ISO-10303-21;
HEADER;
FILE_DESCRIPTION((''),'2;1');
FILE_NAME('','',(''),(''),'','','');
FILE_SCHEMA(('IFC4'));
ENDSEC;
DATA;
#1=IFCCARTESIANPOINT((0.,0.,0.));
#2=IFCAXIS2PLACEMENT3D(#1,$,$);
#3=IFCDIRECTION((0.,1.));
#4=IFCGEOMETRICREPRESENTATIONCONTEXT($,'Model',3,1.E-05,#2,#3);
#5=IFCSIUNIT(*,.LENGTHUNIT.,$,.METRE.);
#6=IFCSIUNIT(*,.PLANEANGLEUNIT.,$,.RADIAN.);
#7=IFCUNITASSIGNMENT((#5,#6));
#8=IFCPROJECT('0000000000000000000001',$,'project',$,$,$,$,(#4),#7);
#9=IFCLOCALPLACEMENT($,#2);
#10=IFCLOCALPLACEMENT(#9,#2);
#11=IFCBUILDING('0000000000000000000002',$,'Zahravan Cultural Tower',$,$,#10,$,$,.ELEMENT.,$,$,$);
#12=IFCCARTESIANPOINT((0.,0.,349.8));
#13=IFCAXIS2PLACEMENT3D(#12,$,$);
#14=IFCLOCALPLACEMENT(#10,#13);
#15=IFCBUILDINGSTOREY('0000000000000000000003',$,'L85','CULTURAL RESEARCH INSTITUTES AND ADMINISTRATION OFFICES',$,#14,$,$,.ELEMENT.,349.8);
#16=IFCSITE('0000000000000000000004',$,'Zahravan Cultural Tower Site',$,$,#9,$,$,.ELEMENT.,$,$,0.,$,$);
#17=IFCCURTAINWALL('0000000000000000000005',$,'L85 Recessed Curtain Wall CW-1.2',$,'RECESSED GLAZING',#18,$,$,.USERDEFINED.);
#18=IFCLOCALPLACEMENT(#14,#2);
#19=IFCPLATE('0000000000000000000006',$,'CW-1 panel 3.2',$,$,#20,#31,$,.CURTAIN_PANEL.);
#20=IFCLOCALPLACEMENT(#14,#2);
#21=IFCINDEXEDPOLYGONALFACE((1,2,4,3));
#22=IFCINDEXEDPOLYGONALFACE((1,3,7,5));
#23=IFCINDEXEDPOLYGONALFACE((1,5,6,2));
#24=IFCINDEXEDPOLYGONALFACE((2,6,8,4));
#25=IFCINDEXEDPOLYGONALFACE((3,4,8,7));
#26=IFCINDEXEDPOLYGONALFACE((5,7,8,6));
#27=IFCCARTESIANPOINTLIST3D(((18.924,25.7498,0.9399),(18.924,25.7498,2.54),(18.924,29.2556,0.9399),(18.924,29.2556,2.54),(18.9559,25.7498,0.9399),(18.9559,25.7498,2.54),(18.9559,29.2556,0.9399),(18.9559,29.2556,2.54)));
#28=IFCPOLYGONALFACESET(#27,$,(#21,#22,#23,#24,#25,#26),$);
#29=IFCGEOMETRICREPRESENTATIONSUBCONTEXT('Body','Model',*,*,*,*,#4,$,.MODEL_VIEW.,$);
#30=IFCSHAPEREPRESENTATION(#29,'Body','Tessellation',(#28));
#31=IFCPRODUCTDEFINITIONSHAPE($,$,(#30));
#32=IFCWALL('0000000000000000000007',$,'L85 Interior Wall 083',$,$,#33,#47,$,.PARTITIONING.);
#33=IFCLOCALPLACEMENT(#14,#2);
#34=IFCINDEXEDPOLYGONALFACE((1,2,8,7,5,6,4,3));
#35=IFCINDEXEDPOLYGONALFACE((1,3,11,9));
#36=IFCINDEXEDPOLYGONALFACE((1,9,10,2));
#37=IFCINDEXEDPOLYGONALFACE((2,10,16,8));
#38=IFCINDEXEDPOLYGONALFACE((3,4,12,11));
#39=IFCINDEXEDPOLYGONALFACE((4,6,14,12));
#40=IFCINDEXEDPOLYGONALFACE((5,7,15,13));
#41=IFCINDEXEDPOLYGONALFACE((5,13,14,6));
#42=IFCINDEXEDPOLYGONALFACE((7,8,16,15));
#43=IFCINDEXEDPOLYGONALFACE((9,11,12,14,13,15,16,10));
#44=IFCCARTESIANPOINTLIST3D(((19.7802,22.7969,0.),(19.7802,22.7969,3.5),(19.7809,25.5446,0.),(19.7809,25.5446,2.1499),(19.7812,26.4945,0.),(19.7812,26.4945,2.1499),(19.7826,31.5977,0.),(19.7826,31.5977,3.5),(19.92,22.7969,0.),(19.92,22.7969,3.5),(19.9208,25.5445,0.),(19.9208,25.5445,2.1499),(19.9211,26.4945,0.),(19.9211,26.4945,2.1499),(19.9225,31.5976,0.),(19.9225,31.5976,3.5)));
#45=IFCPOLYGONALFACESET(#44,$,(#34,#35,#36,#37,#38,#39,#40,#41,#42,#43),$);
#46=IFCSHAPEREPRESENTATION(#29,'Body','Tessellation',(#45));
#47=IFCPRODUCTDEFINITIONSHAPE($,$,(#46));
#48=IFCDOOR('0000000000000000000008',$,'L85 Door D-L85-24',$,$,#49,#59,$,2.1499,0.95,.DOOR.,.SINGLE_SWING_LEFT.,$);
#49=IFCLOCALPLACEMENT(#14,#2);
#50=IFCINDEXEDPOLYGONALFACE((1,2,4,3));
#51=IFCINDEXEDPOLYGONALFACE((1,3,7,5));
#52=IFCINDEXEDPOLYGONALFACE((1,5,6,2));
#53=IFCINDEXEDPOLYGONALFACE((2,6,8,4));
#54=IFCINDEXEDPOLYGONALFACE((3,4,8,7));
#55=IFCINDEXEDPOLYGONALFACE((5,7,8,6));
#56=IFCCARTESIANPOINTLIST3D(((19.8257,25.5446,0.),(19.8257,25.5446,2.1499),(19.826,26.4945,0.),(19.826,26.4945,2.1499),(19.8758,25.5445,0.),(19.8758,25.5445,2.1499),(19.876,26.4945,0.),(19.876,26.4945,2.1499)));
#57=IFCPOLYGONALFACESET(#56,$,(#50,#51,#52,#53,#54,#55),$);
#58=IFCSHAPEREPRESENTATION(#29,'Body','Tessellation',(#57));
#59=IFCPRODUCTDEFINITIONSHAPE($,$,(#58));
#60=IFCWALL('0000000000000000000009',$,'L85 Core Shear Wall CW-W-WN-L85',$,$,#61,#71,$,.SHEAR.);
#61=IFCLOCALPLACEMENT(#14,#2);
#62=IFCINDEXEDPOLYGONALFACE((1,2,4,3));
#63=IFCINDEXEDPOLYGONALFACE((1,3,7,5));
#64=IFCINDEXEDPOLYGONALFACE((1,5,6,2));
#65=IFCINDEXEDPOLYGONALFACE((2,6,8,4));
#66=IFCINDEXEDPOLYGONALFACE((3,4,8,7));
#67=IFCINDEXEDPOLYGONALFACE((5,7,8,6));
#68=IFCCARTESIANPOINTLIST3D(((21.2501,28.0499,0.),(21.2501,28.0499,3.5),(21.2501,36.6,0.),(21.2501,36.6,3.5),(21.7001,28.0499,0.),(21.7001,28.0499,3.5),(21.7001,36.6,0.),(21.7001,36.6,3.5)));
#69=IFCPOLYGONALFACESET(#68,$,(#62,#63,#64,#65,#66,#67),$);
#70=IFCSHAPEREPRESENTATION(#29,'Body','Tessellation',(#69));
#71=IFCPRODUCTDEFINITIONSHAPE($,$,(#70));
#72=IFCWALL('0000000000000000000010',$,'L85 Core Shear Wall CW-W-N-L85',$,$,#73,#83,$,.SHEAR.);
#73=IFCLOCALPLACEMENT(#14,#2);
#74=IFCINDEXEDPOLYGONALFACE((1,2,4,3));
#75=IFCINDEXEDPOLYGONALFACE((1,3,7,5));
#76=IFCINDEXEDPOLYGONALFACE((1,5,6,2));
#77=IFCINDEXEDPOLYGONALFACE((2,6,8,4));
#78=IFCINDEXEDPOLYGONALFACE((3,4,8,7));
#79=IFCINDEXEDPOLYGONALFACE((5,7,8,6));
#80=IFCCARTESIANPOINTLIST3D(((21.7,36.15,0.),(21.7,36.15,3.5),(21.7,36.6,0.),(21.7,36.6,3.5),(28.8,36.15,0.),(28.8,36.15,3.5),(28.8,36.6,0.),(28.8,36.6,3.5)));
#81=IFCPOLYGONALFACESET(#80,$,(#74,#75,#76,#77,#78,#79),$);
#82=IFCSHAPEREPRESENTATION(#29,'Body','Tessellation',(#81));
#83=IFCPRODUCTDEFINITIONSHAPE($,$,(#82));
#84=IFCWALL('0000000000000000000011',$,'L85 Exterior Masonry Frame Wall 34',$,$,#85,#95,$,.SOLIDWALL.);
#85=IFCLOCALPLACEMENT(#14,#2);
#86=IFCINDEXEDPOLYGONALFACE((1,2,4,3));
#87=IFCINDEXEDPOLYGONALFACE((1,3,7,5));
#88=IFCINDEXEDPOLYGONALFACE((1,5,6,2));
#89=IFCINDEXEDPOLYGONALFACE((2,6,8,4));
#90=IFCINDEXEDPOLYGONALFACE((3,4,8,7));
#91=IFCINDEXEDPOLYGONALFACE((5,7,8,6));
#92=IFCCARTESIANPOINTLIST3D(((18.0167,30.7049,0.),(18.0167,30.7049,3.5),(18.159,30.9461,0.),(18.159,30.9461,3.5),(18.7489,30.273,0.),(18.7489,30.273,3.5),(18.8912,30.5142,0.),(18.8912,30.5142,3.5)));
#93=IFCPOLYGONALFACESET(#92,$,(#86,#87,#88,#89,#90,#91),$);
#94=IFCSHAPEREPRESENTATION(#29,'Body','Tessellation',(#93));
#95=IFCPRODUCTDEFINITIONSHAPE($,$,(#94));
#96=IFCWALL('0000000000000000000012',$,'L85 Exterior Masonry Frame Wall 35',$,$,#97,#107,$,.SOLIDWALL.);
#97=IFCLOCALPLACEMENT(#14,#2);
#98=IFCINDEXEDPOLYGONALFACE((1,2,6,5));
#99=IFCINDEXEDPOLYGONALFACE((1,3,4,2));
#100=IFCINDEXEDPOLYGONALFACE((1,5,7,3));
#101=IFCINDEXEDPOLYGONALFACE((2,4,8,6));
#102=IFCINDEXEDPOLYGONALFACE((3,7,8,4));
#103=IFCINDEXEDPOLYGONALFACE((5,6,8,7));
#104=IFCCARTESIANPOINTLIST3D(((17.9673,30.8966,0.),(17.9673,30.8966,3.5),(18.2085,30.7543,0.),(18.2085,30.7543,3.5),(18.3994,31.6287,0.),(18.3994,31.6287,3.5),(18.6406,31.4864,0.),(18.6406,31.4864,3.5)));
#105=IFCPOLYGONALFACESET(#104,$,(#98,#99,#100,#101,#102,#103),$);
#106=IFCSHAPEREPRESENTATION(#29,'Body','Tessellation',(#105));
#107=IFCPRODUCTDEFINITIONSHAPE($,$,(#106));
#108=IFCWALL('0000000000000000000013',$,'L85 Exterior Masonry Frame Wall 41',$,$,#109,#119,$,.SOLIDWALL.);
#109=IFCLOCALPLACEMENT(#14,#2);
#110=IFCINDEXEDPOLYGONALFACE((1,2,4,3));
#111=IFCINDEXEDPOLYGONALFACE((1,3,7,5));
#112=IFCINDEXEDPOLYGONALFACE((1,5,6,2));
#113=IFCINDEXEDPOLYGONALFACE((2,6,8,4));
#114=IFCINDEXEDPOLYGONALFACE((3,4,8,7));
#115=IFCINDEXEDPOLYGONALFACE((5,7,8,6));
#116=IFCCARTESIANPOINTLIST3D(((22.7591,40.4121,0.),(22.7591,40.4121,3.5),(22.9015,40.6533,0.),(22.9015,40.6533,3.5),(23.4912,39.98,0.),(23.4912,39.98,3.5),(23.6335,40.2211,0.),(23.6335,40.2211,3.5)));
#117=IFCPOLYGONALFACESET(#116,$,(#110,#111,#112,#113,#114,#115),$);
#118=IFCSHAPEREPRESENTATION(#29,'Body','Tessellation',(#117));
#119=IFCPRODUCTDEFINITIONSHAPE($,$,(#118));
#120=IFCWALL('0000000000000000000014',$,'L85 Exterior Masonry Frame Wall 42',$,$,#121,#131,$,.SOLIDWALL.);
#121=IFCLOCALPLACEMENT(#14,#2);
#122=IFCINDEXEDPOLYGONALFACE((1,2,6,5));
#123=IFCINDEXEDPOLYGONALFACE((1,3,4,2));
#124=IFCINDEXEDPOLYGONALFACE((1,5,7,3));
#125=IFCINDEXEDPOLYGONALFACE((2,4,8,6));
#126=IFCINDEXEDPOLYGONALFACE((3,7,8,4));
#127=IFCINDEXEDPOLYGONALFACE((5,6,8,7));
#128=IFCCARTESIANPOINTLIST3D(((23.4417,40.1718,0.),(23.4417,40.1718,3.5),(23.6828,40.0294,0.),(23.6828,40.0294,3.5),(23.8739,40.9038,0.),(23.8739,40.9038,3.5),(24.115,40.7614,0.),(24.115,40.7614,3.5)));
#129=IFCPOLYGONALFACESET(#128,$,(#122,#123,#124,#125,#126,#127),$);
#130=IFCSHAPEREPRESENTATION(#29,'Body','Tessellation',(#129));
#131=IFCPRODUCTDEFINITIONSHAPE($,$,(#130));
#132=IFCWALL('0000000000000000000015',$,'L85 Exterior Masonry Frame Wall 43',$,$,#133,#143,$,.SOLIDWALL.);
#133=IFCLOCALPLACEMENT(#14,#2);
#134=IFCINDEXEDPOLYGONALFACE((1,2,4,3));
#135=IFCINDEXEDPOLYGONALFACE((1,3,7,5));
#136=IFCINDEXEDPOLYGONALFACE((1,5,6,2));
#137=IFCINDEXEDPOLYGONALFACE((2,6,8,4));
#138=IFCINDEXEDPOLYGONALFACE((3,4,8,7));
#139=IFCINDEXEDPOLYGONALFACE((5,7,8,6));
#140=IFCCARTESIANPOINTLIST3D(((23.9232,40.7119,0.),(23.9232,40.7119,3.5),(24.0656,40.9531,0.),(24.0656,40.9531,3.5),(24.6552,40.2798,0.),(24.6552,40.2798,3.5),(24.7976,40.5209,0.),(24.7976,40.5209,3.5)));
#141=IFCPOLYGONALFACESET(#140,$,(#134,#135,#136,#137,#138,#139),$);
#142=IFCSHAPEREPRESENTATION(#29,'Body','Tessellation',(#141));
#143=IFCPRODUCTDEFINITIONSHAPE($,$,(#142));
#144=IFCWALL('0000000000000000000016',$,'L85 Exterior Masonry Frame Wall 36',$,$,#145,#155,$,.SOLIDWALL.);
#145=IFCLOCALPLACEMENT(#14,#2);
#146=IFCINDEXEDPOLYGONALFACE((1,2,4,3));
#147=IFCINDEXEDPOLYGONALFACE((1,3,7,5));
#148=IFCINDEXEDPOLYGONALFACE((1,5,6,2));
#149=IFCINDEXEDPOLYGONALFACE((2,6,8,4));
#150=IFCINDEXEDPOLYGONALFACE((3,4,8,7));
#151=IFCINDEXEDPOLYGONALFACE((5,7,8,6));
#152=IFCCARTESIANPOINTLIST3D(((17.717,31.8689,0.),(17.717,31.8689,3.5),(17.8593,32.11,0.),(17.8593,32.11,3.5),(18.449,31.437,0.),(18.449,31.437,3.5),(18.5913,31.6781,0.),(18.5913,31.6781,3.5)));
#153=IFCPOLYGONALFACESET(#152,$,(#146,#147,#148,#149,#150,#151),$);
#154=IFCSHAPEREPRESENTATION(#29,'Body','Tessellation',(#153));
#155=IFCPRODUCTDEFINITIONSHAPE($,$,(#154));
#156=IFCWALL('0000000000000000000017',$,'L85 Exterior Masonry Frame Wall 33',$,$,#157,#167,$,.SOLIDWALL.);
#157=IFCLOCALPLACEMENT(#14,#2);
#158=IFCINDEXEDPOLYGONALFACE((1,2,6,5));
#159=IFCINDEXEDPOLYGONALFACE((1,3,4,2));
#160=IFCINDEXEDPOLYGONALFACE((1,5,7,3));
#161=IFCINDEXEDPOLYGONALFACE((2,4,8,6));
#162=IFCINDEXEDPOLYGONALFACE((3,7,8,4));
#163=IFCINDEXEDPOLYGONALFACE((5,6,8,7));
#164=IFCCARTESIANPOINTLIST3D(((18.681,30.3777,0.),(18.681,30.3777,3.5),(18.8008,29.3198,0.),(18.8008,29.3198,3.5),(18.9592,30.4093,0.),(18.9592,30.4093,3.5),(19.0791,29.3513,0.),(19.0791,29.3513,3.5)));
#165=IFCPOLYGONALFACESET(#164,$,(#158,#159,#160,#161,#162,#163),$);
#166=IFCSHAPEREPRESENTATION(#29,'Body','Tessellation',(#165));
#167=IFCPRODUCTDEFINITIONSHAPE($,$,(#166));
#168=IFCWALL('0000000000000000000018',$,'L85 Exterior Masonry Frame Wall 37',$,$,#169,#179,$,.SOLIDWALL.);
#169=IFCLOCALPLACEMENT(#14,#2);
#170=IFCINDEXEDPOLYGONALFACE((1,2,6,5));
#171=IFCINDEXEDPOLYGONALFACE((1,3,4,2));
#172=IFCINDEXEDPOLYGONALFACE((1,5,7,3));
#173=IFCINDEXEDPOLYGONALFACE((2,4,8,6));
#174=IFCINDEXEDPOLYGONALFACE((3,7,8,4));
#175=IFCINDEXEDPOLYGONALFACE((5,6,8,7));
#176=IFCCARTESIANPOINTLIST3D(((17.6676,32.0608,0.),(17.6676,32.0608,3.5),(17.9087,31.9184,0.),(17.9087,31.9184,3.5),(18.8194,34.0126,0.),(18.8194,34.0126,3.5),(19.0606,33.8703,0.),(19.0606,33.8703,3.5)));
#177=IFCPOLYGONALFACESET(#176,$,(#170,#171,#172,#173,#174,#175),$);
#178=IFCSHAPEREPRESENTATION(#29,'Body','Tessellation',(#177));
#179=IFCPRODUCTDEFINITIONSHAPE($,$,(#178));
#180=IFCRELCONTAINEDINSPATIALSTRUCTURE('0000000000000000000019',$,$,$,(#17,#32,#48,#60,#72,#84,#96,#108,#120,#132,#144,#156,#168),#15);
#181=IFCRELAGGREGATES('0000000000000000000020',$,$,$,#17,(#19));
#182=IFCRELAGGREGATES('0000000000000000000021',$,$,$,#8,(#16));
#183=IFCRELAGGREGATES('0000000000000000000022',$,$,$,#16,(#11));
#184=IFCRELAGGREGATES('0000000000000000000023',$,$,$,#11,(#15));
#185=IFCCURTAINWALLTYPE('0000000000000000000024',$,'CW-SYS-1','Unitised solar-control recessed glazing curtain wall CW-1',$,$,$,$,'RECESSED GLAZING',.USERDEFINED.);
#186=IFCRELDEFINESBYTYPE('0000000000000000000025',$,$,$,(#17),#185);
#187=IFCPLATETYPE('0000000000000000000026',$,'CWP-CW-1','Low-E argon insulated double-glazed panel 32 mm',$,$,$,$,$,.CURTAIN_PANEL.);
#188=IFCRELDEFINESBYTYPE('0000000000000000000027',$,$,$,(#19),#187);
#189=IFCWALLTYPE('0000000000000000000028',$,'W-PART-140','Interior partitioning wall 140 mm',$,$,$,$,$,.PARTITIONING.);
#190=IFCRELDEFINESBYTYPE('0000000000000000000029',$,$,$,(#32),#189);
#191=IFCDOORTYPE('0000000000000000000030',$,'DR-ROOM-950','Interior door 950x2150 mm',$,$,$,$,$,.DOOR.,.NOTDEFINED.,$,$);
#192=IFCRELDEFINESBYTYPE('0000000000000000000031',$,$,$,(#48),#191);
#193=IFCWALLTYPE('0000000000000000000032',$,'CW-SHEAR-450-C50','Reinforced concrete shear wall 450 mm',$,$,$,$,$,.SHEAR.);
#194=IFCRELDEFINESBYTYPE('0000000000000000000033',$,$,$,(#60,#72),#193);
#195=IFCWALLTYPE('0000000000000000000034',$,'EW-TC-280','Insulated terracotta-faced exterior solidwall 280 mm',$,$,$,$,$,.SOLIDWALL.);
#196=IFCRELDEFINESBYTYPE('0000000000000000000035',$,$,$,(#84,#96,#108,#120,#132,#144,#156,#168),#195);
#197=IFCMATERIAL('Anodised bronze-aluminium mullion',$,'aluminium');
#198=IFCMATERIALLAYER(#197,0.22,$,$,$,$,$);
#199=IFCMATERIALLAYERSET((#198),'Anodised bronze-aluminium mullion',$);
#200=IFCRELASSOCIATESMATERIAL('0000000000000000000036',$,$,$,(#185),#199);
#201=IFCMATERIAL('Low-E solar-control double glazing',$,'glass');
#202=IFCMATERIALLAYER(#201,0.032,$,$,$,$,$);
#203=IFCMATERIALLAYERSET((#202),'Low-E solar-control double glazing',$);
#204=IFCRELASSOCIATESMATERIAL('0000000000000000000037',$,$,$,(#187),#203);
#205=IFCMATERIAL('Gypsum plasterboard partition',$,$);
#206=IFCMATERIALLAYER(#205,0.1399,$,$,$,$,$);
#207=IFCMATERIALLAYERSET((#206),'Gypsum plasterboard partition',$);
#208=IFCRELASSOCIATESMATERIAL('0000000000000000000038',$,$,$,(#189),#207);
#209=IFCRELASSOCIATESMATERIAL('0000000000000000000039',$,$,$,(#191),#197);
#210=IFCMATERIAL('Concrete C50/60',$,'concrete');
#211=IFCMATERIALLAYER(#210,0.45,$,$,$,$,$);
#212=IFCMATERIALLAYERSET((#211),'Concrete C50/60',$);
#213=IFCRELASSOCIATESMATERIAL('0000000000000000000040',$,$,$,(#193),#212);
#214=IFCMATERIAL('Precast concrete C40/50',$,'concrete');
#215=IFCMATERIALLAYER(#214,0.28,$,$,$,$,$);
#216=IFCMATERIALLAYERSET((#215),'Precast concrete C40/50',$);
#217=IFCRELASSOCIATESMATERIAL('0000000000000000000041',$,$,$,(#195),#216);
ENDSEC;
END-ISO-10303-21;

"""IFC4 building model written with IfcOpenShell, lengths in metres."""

from ifc_helpers import new_model, si_unit, direction, frame, frame_2d, origin, origin_2d, place, context, subcontext, project, spatial, rectangle, extrude, source, transform, mapped, material, layer, layer_set, type_object, element, fill, aggregate, save


model = new_model("IFC4")

# Units and contexts
model_context = context("Model", 3, precision=1e-05, world=origin(), true_north=direction((0.0, 1.0)))
body_context = subcontext(model_context, "Body", "Model", "MODEL_VIEW")
ifc_project = project(units=[si_unit("LENGTHUNIT", "METRE"), si_unit("PLANEANGLEUNIT", "RADIAN")], contexts=[model_context])

# Site, building, storey
site_placement = place(None, origin())
site = spatial("IfcSite", under=ifc_project, at=site_placement, Name="Zahravan Cultural Tower Site", CompositionType="ELEMENT", RefElevation=0.0)
building_placement = place(site_placement, origin())
building = spatial("IfcBuilding", under=site, at=building_placement, Name="Zahravan Cultural Tower", CompositionType="ELEMENT")
storey_placement = place(building_placement, frame((0.0, 0.0, 349.8)))
storey = spatial("IfcBuildingStorey", under=building, at=storey_placement, Name="L85", Description="CULTURAL RESEARCH INSTITUTES AND ADMINISTRATION OFFICES", CompositionType="ELEMENT", Elevation=349.8)

# Shared definitions
ifc_material_1 = material(Name="Concrete C50/60", Category="concrete")

# Curtain wall, plate
ifc_material_2 = material(Name="Anodised bronze-aluminium mullion", Category="aluminium")
ifc_layer_1 = layer(ifc_material_2, 0.22)
ifc_layer_set_1 = layer_set([ifc_layer_1], Name="Anodised bronze-aluminium mullion")
curtain_wall_type = type_object("IfcCurtainWallType", Name="CW-SYS-1", Description="Unitised solar-control recessed glazing curtain wall CW-1", ElementType="RECESSED GLAZING", PredefinedType="USERDEFINED", material=ifc_layer_set_1)
curtain_wall_placement = place(storey_placement, origin())
curtain_wall = element("IfcCurtainWall", 1, at=curtain_wall_placement, inside=storey, type_object=curtain_wall_type, Name="L85 Recessed Curtain Wall CW-1.2", ObjectType="RECESSED GLAZING", PredefinedType="USERDEFINED")
ifc_material_3 = material(Name="Low-E solar-control double glazing", Category="glass")
ifc_layer_2 = layer(ifc_material_3, 0.032)
ifc_layer_set_2 = layer_set([ifc_layer_2], Name="Low-E solar-control double glazing")
plate_type = type_object("IfcPlateType", Name="CWP-CW-1", Description="Low-E argon insulated double-glazed panel 32 mm", PredefinedType="CURTAIN_PANEL", material=ifc_layer_set_2)
shared_shape_1 = source(origin(), body_context, "Body", "SweptSolid", [
    extrude(rectangle(XDim=3.5059, YDim=0.032, at=origin_2d()), origin(), (0.0, 0.0, 1.0), 1.6001),
])
plate_1_placement = place(storey_placement, frame((18.9399, 27.5027, 0.9399), z_axis=(0.0, 0.0, 1.0), x_axis=(0.0, 1.0, 0.0)))
plate_1 = element("IfcPlate", 2, at=plate_1_placement, type_object=plate_type, Name="CW-1 panel 3.2", PredefinedType="CURTAIN_PANEL", context=body_context, shape_type="MappedRepresentation", body=[
    mapped(shared_shape_1, transform((0.0, 0.0, 0.0), x_axis=(1.0, 0.0, 0.0), y_axis=(0.0, 1.0, 0.0), z_axis=(0.0, 0.0, 1.0), scale=1.0)),
])
aggregate(curtain_wall, [plate_1])

# Wall, opening, door
ifc_material_4 = material(Name="Gypsum plasterboard partition")
ifc_layer_3 = layer(ifc_material_4, 0.1399)
ifc_layer_set_3 = layer_set([ifc_layer_3], Name="Gypsum plasterboard partition")
wall_type_1 = type_object("IfcWallType", Name="W-PART-140", Description="Interior partitioning wall 140 mm", PredefinedType="PARTITIONING", material=ifc_layer_set_3)
wall_1_placement = place(storey_placement, frame((19.8525, 31.5977, 0.0), z_axis=(0.0, 0.0, 1.0), x_axis=(-0.000277, -1.0, 0.0)))
wall_1 = element("IfcWall", 3, at=wall_1_placement, inside=storey, type_object=wall_type_1, Name="L85 Interior Wall 083", PredefinedType="PARTITIONING", context=body_context, shape_type="SweptSolid", body=[
    extrude(rectangle(XDim=8.8008, YDim=0.1399, at=frame_2d((4.4004, 0.0))), origin(), (0.0, 0.0, 1.0), 3.5),
])
opening_placement = place(wall_1_placement, frame((5.103, 0.0, 0.0)))
opening = element("IfcOpeningElement", 4, at=opening_placement, cuts=wall_1, PredefinedType="OPENING", context=body_context, shape_type="SweptSolid", body=[
    extrude(rectangle(XDim=0.95, YDim=2.1499, at=frame_2d((0.4751, 1.075))), frame((0.0, 0.0798, 0.0), z_axis=(0.0, -1.0, 0.0), x_axis=(1.0, 0.0, 0.0)), (0.0, 0.0, 1.0), 0.1599),
])
door_type = type_object("IfcDoorType", Name="DR-ROOM-950", Description="Interior door 950x2150 mm", OperationType="NOTDEFINED", PredefinedType="DOOR", material=ifc_material_2)
shared_shape_2 = source(origin(), body_context, "Body", "SweptSolid", [
    extrude(rectangle(XDim=0.95, YDim=2.1499, at=frame_2d((0.4751, 1.075))), frame((0.0, 0.0249, 0.0), z_axis=(0.0, -1.0, 0.0), x_axis=(1.0, 0.0, 0.0)), (0.0, 0.0, 1.0), 0.05),
])
door_placement = place(opening_placement, origin())
door = element("IfcDoor", 5, at=door_placement, inside=storey, type_object=door_type, Name="L85 Door D-L85-24", OperationType="SINGLE_SWING_LEFT", OverallHeight=2.1499, OverallWidth=0.95, PredefinedType="DOOR", context=body_context, shape_type="MappedRepresentation", body=[
    mapped(shared_shape_2, transform((0.0, 0.0, 0.0), x_axis=(1.0, 0.0, 0.0), y_axis=(0.0, 1.0, 0.0), z_axis=(0.0, 0.0, 1.0), scale=1.0)),
])
fill(opening, door)

# Walls
ifc_layer_4 = layer(ifc_material_1, 0.45)
ifc_layer_set_4 = layer_set([ifc_layer_4], Name="Concrete C50/60")
wall_type_2 = type_object("IfcWallType", Name="CW-SHEAR-450-C50", Description="Reinforced concrete shear wall 450 mm", PredefinedType="SHEAR", material=ifc_layer_set_4)
shared_shape_3 = source(origin(), body_context, "Body", "SweptSolid", [
    extrude(rectangle(XDim=8.55, YDim=0.45, at=frame_2d((4.2749, 0.0))), origin(), (0.0, 0.0, 1.0), 3.5),
])
wall_2_placement = place(storey_placement, frame((21.4751, 28.05, 0.0), z_axis=(0.0, 0.0, 1.0), x_axis=(0.0, 1.0, 0.0)))
element("IfcWall", 6, at=wall_2_placement, inside=storey, type_object=wall_type_2, Name="L85 Core Shear Wall CW-W-WN-L85", PredefinedType="SHEAR", context=body_context, shape_type="MappedRepresentation", body=[
    mapped(shared_shape_3, transform((0.0, 0.0, 0.0), x_axis=(1.0, 0.0, 0.0), y_axis=(0.0, 1.0, 0.0), z_axis=(0.0, 0.0, 1.0), scale=1.0)),
])
shared_shape_4 = source(origin(), body_context, "Body", "SweptSolid", [
    extrude(rectangle(XDim=7.1001, YDim=0.45, at=frame_2d((3.55, 0.0))), origin(), (0.0, 0.0, 1.0), 3.5),
])
wall_3_placement = place(storey_placement, frame((21.7, 36.375, 0.0), z_axis=(0.0, 0.0, 1.0), x_axis=(1.0, 0.0, 0.0)))
element("IfcWall", 7, at=wall_3_placement, inside=storey, type_object=wall_type_2, Name="L85 Core Shear Wall CW-W-N-L85", PredefinedType="SHEAR", context=body_context, shape_type="MappedRepresentation", body=[
    mapped(shared_shape_4, transform((0.0, 0.0, 0.0), x_axis=(1.0, 0.0, 0.0), y_axis=(0.0, 1.0, 0.0), z_axis=(0.0, 0.0, 1.0), scale=1.0)),
])
ifc_material_5 = material(Name="Precast concrete C40/50", Category="concrete")
ifc_layer_5 = layer(ifc_material_5, 0.28)
ifc_layer_set_5 = layer_set([ifc_layer_5], Name="Precast concrete C40/50")
wall_type_3 = type_object("IfcWallType", Name="EW-TC-280", Description="Insulated terracotta-faced exterior solidwall 280 mm", PredefinedType="SOLIDWALL", material=ifc_layer_set_5)
shared_shape_5 = source(origin(), body_context, "Body", "SweptSolid", [
    extrude(rectangle(XDim=0.8501, YDim=0.28, at=frame_2d((0.425, 0.0))), origin(), (0.0, 0.0, 1.0), 3.5),
])
for number, where, z_axis, x_axis, name in (
    (8, (18.8201, 30.3936, 0.0), (0.0, 0.0, 1.0), (-0.861321, 0.508062, 0.0), "L85 Exterior Masonry Frame Wall 34"),
    (9, (18.0879, 30.8254, 0.0), (0.0, 0.0, 1.0), (0.508275, 0.861195, 0.0), "L85 Exterior Masonry Frame Wall 35"),
    (10, (22.8303, 40.5327, 0.0), (0.0, 0.0, 1.0), (0.861121, -0.5084, 0.0), "L85 Exterior Masonry Frame Wall 41"),
    (11, (23.5623, 40.1006, 0.0), (0.0, 0.0, 1.0), (0.5084, 0.861121, 0.0), "L85 Exterior Masonry Frame Wall 42"),
    (12, (23.9944, 40.8325, 0.0), (0.0, 0.0, 1.0), (0.861121, -0.5084, 0.0), "L85 Exterior Masonry Frame Wall 43"),
):
    element("IfcWall", number, at=place(storey_placement, frame(where, z_axis=z_axis, x_axis=x_axis)), inside=storey, type_object=wall_type_3, Name=name, PredefinedType="SOLIDWALL", context=body_context, shape_type="MappedRepresentation", body=[
        mapped(shared_shape_5, transform((0.0, 0.0, 0.0), x_axis=(1.0, 0.0, 0.0), y_axis=(0.0, 1.0, 0.0), z_axis=(0.0, 0.0, 1.0), scale=1.0)),
    ])
shared_shape_6 = source(origin(), body_context, "Body", "SweptSolid", [
    extrude(rectangle(XDim=0.8499, YDim=0.28, at=frame_2d((0.4248, 0.0))), origin(), (0.0, 0.0, 1.0), 3.5),
])
wall_4_placement = place(storey_placement, frame((18.52, 31.5576, 0.0), z_axis=(0.0, 0.0, 1.0), x_axis=(-0.861247, 0.508187, 0.0)))
element("IfcWall", 13, at=wall_4_placement, inside=storey, type_object=wall_type_3, Name="L85 Exterior Masonry Frame Wall 36", PredefinedType="SOLIDWALL", context=body_context, shape_type="MappedRepresentation", body=[
    mapped(shared_shape_6, transform((0.0, 0.0, 0.0), x_axis=(1.0, 0.0, 0.0), y_axis=(0.0, 1.0, 0.0), z_axis=(0.0, 0.0, 1.0), scale=1.0)),
])
shared_shape_7 = source(origin(), body_context, "Body", "SweptSolid", [
    extrude(rectangle(XDim=1.0647, YDim=0.28, at=frame_2d((0.5322, 0.0))), origin(), (0.0, 0.0, 1.0), 3.5),
])
wall_5_placement = place(storey_placement, frame((18.9399, 29.3357, 0.0), z_axis=(0.0, 0.0, 1.0), x_axis=(-0.112596, 0.993641, 0.0)))
element("IfcWall", 14, at=wall_5_placement, inside=storey, type_object=wall_type_3, Name="L85 Exterior Masonry Frame Wall 33", PredefinedType="SOLIDWALL", context=body_context, shape_type="MappedRepresentation", body=[
    mapped(shared_shape_7, transform((0.0, 0.0, 0.0), x_axis=(1.0, 0.0, 0.0), y_axis=(0.0, 1.0, 0.0), z_axis=(0.0, 0.0, 1.0), scale=1.0)),
])
shared_shape_8 = source(origin(), body_context, "Body", "SweptSolid", [
    extrude(rectangle(XDim=2.2664, YDim=0.28, at=frame_2d((1.1333, 0.0))), origin(), (0.0, 0.0, 1.0), 3.5),
])
wall_6_placement = place(storey_placement, frame((17.7881, 31.9895, 0.0), z_axis=(0.0, 0.0, 1.0), x_axis=(0.508225, 0.861224, 0.0)))
element("IfcWall", 15, at=wall_6_placement, inside=storey, type_object=wall_type_3, Name="L85 Exterior Masonry Frame Wall 37", PredefinedType="SOLIDWALL", context=body_context, shape_type="MappedRepresentation", body=[
    mapped(shared_shape_8, transform((0.0, 0.0, 0.0), x_axis=(1.0, 0.0, 0.0), y_axis=(0.0, 1.0, 0.0), z_axis=(0.0, 0.0, 1.0), scale=1.0)),
])

save(model, "model.ifc")
